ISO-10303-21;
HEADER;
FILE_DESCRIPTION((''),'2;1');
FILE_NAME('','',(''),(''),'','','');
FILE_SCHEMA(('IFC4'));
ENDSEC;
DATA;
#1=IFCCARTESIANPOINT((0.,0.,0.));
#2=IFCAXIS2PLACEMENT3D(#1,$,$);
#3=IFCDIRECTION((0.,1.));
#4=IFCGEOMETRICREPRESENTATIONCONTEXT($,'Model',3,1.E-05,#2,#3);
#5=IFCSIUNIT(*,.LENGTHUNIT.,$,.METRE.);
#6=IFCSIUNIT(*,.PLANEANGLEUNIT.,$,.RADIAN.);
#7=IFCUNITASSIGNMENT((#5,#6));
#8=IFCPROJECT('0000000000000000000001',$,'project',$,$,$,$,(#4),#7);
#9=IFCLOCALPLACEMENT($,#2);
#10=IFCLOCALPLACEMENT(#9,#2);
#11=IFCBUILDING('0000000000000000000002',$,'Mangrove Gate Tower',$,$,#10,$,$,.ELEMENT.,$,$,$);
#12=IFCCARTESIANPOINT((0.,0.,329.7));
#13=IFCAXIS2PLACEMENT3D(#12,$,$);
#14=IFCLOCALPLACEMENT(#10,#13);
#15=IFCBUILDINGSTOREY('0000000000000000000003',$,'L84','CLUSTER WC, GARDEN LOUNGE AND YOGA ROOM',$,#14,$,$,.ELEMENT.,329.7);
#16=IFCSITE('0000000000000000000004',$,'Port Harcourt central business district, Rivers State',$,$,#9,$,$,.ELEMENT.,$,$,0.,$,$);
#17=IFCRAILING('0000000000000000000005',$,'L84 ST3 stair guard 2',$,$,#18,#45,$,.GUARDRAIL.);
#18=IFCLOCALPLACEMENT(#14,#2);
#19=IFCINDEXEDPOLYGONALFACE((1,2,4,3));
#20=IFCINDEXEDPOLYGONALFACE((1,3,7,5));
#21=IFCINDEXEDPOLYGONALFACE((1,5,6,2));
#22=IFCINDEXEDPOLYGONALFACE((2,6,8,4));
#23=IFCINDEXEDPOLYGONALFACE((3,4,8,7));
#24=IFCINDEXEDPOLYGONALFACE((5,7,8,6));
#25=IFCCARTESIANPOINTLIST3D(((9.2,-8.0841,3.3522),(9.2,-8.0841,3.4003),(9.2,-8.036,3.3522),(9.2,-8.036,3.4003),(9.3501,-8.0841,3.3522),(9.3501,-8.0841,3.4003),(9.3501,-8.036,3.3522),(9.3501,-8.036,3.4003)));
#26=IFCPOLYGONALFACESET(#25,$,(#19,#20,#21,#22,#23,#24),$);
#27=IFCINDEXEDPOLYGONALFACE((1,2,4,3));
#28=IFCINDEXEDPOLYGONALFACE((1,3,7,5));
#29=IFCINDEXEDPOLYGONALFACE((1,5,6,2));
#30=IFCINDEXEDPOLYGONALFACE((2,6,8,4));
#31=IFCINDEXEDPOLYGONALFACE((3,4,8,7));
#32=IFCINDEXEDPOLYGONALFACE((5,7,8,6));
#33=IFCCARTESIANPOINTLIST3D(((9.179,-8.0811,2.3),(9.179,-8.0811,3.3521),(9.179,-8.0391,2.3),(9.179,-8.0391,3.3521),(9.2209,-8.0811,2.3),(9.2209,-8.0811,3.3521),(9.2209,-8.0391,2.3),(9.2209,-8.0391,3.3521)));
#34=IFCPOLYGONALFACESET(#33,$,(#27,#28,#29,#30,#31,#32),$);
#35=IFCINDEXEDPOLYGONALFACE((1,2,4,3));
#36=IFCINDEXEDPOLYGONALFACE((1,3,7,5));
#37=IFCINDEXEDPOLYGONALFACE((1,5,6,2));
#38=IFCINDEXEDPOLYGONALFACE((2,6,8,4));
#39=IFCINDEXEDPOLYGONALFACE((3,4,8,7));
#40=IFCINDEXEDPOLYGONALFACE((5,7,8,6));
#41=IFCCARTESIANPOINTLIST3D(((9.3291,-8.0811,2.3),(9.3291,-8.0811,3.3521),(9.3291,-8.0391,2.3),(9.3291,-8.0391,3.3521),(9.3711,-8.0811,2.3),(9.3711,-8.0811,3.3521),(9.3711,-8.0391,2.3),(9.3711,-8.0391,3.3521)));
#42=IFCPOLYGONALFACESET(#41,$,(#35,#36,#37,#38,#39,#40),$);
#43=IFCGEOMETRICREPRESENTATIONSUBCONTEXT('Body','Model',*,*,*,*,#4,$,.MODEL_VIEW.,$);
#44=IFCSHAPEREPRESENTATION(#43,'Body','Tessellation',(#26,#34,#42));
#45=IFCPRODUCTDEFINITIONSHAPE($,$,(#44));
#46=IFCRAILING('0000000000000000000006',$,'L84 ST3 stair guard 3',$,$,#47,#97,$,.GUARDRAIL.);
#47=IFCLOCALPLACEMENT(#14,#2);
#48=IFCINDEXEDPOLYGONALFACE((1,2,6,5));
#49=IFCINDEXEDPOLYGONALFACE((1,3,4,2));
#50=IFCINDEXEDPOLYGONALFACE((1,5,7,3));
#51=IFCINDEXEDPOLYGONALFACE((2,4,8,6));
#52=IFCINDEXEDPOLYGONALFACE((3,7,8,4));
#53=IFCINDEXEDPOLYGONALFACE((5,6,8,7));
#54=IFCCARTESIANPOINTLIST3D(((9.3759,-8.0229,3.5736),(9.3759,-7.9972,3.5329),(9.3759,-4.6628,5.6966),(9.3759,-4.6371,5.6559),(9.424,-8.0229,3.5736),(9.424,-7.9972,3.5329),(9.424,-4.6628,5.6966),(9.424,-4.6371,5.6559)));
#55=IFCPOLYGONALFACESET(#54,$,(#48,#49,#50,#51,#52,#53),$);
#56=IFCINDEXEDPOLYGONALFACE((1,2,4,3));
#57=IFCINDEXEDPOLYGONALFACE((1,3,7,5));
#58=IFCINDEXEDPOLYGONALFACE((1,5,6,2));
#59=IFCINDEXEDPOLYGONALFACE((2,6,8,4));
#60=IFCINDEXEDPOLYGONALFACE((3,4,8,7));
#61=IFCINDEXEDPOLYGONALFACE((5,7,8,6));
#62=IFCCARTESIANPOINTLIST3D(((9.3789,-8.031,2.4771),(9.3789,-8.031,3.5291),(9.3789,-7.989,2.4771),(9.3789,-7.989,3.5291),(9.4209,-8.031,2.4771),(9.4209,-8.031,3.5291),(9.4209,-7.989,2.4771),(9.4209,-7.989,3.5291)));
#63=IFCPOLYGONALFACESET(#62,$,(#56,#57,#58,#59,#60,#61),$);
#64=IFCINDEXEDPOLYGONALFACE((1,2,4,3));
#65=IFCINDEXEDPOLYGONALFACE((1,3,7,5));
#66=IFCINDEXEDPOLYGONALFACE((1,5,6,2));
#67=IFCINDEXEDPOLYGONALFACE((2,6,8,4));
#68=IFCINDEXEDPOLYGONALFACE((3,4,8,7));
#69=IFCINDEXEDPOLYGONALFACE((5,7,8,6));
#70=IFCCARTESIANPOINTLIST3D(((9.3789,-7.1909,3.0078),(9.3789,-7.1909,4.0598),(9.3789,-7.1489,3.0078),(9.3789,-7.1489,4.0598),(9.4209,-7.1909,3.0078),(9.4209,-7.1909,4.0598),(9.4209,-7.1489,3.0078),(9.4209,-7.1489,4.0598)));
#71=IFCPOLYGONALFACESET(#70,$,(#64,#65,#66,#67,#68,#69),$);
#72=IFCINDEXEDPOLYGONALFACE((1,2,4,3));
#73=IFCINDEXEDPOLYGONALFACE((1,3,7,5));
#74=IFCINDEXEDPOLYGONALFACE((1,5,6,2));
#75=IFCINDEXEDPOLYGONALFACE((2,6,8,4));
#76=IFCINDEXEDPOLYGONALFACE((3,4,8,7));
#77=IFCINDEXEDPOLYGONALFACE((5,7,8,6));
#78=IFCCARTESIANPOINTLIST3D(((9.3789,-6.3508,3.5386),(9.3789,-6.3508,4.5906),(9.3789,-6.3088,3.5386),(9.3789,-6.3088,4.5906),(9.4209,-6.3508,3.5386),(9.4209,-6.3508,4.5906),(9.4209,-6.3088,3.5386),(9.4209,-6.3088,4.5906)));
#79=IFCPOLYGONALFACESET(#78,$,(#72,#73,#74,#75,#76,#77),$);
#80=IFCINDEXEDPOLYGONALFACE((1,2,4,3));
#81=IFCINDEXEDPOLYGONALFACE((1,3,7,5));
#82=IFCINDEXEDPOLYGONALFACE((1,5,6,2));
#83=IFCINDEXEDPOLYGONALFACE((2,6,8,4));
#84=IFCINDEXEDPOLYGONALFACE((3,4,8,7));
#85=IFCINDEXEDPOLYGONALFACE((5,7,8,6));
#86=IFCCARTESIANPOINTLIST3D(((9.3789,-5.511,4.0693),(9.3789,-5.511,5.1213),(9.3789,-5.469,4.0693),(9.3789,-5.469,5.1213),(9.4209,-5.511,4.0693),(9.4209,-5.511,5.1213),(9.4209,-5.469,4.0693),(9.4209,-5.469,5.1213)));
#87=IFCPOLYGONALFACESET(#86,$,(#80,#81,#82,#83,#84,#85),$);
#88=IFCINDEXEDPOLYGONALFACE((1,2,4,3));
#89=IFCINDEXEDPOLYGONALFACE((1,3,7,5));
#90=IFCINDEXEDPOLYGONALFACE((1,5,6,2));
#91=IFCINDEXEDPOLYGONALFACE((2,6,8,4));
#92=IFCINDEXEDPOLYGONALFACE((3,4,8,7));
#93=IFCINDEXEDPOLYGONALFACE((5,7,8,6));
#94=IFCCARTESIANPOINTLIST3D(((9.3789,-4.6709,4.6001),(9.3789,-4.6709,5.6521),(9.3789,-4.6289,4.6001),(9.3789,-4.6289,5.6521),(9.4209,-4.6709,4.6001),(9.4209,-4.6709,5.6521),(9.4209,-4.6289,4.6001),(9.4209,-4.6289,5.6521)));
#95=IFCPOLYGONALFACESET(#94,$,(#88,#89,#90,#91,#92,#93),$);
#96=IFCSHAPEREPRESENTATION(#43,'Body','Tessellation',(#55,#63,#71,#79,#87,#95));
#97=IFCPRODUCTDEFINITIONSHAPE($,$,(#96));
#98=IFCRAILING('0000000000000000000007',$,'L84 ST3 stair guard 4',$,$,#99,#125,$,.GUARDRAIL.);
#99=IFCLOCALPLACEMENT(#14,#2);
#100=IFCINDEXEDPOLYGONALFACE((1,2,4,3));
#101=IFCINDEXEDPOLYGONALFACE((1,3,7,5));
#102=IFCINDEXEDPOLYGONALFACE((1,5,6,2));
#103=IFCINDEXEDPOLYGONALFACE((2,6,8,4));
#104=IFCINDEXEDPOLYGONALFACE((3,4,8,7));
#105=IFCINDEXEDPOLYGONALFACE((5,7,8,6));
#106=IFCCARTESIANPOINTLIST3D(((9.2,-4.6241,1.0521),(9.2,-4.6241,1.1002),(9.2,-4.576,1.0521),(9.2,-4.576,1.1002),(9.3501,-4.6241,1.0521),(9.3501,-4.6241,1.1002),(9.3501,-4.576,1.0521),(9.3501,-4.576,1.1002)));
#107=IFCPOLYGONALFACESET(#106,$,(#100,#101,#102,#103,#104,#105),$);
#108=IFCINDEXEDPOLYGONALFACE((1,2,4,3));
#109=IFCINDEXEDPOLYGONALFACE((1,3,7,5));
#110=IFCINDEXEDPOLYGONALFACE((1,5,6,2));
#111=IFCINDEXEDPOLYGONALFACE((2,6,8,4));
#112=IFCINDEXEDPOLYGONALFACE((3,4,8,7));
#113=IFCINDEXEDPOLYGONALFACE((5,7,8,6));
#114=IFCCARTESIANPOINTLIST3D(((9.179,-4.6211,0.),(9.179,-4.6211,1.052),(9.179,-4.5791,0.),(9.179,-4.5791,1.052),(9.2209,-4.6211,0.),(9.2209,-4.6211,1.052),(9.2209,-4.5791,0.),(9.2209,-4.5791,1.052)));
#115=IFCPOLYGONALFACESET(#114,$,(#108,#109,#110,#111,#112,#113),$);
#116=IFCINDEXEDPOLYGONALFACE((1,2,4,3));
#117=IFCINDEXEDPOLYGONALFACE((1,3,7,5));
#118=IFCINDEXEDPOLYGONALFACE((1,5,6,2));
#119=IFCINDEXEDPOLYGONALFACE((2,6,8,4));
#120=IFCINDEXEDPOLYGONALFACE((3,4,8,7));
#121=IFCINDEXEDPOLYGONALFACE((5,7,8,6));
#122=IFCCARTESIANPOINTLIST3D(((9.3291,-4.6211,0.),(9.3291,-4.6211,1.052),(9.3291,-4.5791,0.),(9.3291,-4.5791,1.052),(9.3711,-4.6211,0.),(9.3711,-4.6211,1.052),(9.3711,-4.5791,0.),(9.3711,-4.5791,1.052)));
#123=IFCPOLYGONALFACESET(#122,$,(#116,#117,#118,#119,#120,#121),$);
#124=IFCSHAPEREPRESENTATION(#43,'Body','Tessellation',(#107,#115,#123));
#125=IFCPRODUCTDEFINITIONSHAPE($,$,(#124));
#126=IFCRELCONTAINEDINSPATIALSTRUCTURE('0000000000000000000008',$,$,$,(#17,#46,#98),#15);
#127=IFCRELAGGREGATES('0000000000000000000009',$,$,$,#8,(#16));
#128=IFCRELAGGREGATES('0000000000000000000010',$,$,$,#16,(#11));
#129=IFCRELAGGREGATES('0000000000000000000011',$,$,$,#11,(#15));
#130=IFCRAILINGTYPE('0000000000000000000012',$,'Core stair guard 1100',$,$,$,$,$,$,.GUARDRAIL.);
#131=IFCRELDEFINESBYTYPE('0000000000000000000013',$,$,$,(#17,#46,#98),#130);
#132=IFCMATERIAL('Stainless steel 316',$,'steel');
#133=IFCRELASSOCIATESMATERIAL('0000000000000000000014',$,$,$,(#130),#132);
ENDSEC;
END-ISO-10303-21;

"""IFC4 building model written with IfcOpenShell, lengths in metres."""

from ifc_helpers import new_model, si_unit, direction, frame, origin, origin_2d, place, context, subcontext, project, spatial, rectangle, extrude, material, type_object, element, save


model = new_model("IFC4")

# Units and contexts
model_context = context("Model", 3, precision=1e-05, world=origin(), true_north=direction((0.0, 1.0)))
body_context = subcontext(model_context, "Body", "Model", "MODEL_VIEW")
ifc_project = project(units=[si_unit("LENGTHUNIT", "METRE"), si_unit("PLANEANGLEUNIT", "RADIAN")], contexts=[model_context])

# Site, building, storey
site_placement = place(None, origin())
site = spatial("IfcSite", under=ifc_project, at=site_placement, Name="Port Harcourt central business district, Rivers State", CompositionType="ELEMENT", RefElevation=0.0)
building_placement = place(site_placement, origin())
building = spatial("IfcBuilding", under=site, at=building_placement, Name="Mangrove Gate Tower", CompositionType="ELEMENT")
storey_placement = place(building_placement, frame((0.0, 0.0, 329.7)))
storey = spatial("IfcBuildingStorey", under=building, at=storey_placement, Name="L84", Description="CLUSTER WC, GARDEN LOUNGE AND YOGA ROOM", CompositionType="ELEMENT", Elevation=329.7)

# Railings
ifc_material_1 = material(Name="Stainless steel 316", Category="steel")
railing_type_1 = type_object("IfcRailingType", Name="Core stair guard 1100", PredefinedType="GUARDRAIL", material=ifc_material_1)
railing_1_placement = place(storey_placement, frame((9.2, -8.0601, 2.3)))
element("IfcRailing", 1, at=railing_1_placement, inside=storey, type_object=railing_type_1, Name="L84 ST3 stair guard 2", PredefinedType="GUARDRAIL", context=body_context, shape_type="SweptSolid", body=[
    extrude(rectangle(XDim=0.0481, YDim=0.0481, at=origin_2d()), frame((0.0, 0.0, 1.0762), z_axis=(1.0, 0.0, 0.0), x_axis=(0.0, 1.0, 0.0)), (0.0, 0.0, 1.0), 0.1501),
    extrude(rectangle(XDim=0.042, YDim=0.042, at=origin_2d()), origin(), (0.0, 0.0, 1.0), 1.052),
    extrude(rectangle(XDim=0.042, YDim=0.042, at=origin_2d()), frame((0.1501, 0.0, 0.0)), (0.0, 0.0, 1.0), 1.052),
])
railing_2_placement = place(storey_placement, frame((9.3999, -8.01, 2.4771)))
element("IfcRailing", 2, at=railing_2_placement, inside=storey, type_object=railing_type_1, Name="L84 ST3 stair guard 3", PredefinedType="GUARDRAIL", context=body_context, shape_type="SweptSolid", body=[
    extrude(rectangle(XDim=0.0481, YDim=0.0481, at=origin_2d()), frame((0.0, 0.0, 1.0762), z_axis=(0.0, 0.84539, 0.53415), x_axis=(-1.0, 0.0, 0.0)), (0.0, 0.0, 1.0), 3.9746),
    extrude(rectangle(XDim=0.042, YDim=0.042, at=origin_2d()), origin(), (0.0, 0.0, 1.0), 1.052),
    extrude(rectangle(XDim=0.042, YDim=0.042, at=origin_2d()), frame((0.0, 0.8401, 0.5308)), (0.0, 0.0, 1.0), 1.052),
    extrude(rectangle(XDim=0.042, YDim=0.042, at=origin_2d()), frame((0.0, 1.6802, 1.0615)), (0.0, 0.0, 1.0), 1.052),
    extrude(rectangle(XDim=0.042, YDim=0.042, at=origin_2d()), frame((0.0, 2.52, 1.5923)), (0.0, 0.0, 1.0), 1.052),
    extrude(rectangle(XDim=0.042, YDim=0.042, at=origin_2d()), frame((0.0, 3.3601, 2.123)), (0.0, 0.0, 1.0), 1.052),
])
railing_3_placement = place(storey_placement, frame((9.2, -4.6001, 0.0)))
element("IfcRailing", 3, at=railing_3_placement, inside=storey, type_object=railing_type_1, Name="L84 ST3 stair guard 4", PredefinedType="GUARDRAIL", context=body_context, shape_type="SweptSolid", body=[
    extrude(rectangle(XDim=0.0481, YDim=0.0481, at=origin_2d()), frame((0.0, 0.0, 1.0762), z_axis=(1.0, 0.0, 0.0), x_axis=(0.0, 1.0, 0.0)), (0.0, 0.0, 1.0), 0.1501),
    extrude(rectangle(XDim=0.042, YDim=0.042, at=origin_2d()), origin(), (0.0, 0.0, 1.0), 1.052),
    extrude(rectangle(XDim=0.042, YDim=0.042, at=origin_2d()), frame((0.1501, 0.0, 0.0)), (0.0, 0.0, 1.0), 1.052),
])

save(model, "model.ifc")
